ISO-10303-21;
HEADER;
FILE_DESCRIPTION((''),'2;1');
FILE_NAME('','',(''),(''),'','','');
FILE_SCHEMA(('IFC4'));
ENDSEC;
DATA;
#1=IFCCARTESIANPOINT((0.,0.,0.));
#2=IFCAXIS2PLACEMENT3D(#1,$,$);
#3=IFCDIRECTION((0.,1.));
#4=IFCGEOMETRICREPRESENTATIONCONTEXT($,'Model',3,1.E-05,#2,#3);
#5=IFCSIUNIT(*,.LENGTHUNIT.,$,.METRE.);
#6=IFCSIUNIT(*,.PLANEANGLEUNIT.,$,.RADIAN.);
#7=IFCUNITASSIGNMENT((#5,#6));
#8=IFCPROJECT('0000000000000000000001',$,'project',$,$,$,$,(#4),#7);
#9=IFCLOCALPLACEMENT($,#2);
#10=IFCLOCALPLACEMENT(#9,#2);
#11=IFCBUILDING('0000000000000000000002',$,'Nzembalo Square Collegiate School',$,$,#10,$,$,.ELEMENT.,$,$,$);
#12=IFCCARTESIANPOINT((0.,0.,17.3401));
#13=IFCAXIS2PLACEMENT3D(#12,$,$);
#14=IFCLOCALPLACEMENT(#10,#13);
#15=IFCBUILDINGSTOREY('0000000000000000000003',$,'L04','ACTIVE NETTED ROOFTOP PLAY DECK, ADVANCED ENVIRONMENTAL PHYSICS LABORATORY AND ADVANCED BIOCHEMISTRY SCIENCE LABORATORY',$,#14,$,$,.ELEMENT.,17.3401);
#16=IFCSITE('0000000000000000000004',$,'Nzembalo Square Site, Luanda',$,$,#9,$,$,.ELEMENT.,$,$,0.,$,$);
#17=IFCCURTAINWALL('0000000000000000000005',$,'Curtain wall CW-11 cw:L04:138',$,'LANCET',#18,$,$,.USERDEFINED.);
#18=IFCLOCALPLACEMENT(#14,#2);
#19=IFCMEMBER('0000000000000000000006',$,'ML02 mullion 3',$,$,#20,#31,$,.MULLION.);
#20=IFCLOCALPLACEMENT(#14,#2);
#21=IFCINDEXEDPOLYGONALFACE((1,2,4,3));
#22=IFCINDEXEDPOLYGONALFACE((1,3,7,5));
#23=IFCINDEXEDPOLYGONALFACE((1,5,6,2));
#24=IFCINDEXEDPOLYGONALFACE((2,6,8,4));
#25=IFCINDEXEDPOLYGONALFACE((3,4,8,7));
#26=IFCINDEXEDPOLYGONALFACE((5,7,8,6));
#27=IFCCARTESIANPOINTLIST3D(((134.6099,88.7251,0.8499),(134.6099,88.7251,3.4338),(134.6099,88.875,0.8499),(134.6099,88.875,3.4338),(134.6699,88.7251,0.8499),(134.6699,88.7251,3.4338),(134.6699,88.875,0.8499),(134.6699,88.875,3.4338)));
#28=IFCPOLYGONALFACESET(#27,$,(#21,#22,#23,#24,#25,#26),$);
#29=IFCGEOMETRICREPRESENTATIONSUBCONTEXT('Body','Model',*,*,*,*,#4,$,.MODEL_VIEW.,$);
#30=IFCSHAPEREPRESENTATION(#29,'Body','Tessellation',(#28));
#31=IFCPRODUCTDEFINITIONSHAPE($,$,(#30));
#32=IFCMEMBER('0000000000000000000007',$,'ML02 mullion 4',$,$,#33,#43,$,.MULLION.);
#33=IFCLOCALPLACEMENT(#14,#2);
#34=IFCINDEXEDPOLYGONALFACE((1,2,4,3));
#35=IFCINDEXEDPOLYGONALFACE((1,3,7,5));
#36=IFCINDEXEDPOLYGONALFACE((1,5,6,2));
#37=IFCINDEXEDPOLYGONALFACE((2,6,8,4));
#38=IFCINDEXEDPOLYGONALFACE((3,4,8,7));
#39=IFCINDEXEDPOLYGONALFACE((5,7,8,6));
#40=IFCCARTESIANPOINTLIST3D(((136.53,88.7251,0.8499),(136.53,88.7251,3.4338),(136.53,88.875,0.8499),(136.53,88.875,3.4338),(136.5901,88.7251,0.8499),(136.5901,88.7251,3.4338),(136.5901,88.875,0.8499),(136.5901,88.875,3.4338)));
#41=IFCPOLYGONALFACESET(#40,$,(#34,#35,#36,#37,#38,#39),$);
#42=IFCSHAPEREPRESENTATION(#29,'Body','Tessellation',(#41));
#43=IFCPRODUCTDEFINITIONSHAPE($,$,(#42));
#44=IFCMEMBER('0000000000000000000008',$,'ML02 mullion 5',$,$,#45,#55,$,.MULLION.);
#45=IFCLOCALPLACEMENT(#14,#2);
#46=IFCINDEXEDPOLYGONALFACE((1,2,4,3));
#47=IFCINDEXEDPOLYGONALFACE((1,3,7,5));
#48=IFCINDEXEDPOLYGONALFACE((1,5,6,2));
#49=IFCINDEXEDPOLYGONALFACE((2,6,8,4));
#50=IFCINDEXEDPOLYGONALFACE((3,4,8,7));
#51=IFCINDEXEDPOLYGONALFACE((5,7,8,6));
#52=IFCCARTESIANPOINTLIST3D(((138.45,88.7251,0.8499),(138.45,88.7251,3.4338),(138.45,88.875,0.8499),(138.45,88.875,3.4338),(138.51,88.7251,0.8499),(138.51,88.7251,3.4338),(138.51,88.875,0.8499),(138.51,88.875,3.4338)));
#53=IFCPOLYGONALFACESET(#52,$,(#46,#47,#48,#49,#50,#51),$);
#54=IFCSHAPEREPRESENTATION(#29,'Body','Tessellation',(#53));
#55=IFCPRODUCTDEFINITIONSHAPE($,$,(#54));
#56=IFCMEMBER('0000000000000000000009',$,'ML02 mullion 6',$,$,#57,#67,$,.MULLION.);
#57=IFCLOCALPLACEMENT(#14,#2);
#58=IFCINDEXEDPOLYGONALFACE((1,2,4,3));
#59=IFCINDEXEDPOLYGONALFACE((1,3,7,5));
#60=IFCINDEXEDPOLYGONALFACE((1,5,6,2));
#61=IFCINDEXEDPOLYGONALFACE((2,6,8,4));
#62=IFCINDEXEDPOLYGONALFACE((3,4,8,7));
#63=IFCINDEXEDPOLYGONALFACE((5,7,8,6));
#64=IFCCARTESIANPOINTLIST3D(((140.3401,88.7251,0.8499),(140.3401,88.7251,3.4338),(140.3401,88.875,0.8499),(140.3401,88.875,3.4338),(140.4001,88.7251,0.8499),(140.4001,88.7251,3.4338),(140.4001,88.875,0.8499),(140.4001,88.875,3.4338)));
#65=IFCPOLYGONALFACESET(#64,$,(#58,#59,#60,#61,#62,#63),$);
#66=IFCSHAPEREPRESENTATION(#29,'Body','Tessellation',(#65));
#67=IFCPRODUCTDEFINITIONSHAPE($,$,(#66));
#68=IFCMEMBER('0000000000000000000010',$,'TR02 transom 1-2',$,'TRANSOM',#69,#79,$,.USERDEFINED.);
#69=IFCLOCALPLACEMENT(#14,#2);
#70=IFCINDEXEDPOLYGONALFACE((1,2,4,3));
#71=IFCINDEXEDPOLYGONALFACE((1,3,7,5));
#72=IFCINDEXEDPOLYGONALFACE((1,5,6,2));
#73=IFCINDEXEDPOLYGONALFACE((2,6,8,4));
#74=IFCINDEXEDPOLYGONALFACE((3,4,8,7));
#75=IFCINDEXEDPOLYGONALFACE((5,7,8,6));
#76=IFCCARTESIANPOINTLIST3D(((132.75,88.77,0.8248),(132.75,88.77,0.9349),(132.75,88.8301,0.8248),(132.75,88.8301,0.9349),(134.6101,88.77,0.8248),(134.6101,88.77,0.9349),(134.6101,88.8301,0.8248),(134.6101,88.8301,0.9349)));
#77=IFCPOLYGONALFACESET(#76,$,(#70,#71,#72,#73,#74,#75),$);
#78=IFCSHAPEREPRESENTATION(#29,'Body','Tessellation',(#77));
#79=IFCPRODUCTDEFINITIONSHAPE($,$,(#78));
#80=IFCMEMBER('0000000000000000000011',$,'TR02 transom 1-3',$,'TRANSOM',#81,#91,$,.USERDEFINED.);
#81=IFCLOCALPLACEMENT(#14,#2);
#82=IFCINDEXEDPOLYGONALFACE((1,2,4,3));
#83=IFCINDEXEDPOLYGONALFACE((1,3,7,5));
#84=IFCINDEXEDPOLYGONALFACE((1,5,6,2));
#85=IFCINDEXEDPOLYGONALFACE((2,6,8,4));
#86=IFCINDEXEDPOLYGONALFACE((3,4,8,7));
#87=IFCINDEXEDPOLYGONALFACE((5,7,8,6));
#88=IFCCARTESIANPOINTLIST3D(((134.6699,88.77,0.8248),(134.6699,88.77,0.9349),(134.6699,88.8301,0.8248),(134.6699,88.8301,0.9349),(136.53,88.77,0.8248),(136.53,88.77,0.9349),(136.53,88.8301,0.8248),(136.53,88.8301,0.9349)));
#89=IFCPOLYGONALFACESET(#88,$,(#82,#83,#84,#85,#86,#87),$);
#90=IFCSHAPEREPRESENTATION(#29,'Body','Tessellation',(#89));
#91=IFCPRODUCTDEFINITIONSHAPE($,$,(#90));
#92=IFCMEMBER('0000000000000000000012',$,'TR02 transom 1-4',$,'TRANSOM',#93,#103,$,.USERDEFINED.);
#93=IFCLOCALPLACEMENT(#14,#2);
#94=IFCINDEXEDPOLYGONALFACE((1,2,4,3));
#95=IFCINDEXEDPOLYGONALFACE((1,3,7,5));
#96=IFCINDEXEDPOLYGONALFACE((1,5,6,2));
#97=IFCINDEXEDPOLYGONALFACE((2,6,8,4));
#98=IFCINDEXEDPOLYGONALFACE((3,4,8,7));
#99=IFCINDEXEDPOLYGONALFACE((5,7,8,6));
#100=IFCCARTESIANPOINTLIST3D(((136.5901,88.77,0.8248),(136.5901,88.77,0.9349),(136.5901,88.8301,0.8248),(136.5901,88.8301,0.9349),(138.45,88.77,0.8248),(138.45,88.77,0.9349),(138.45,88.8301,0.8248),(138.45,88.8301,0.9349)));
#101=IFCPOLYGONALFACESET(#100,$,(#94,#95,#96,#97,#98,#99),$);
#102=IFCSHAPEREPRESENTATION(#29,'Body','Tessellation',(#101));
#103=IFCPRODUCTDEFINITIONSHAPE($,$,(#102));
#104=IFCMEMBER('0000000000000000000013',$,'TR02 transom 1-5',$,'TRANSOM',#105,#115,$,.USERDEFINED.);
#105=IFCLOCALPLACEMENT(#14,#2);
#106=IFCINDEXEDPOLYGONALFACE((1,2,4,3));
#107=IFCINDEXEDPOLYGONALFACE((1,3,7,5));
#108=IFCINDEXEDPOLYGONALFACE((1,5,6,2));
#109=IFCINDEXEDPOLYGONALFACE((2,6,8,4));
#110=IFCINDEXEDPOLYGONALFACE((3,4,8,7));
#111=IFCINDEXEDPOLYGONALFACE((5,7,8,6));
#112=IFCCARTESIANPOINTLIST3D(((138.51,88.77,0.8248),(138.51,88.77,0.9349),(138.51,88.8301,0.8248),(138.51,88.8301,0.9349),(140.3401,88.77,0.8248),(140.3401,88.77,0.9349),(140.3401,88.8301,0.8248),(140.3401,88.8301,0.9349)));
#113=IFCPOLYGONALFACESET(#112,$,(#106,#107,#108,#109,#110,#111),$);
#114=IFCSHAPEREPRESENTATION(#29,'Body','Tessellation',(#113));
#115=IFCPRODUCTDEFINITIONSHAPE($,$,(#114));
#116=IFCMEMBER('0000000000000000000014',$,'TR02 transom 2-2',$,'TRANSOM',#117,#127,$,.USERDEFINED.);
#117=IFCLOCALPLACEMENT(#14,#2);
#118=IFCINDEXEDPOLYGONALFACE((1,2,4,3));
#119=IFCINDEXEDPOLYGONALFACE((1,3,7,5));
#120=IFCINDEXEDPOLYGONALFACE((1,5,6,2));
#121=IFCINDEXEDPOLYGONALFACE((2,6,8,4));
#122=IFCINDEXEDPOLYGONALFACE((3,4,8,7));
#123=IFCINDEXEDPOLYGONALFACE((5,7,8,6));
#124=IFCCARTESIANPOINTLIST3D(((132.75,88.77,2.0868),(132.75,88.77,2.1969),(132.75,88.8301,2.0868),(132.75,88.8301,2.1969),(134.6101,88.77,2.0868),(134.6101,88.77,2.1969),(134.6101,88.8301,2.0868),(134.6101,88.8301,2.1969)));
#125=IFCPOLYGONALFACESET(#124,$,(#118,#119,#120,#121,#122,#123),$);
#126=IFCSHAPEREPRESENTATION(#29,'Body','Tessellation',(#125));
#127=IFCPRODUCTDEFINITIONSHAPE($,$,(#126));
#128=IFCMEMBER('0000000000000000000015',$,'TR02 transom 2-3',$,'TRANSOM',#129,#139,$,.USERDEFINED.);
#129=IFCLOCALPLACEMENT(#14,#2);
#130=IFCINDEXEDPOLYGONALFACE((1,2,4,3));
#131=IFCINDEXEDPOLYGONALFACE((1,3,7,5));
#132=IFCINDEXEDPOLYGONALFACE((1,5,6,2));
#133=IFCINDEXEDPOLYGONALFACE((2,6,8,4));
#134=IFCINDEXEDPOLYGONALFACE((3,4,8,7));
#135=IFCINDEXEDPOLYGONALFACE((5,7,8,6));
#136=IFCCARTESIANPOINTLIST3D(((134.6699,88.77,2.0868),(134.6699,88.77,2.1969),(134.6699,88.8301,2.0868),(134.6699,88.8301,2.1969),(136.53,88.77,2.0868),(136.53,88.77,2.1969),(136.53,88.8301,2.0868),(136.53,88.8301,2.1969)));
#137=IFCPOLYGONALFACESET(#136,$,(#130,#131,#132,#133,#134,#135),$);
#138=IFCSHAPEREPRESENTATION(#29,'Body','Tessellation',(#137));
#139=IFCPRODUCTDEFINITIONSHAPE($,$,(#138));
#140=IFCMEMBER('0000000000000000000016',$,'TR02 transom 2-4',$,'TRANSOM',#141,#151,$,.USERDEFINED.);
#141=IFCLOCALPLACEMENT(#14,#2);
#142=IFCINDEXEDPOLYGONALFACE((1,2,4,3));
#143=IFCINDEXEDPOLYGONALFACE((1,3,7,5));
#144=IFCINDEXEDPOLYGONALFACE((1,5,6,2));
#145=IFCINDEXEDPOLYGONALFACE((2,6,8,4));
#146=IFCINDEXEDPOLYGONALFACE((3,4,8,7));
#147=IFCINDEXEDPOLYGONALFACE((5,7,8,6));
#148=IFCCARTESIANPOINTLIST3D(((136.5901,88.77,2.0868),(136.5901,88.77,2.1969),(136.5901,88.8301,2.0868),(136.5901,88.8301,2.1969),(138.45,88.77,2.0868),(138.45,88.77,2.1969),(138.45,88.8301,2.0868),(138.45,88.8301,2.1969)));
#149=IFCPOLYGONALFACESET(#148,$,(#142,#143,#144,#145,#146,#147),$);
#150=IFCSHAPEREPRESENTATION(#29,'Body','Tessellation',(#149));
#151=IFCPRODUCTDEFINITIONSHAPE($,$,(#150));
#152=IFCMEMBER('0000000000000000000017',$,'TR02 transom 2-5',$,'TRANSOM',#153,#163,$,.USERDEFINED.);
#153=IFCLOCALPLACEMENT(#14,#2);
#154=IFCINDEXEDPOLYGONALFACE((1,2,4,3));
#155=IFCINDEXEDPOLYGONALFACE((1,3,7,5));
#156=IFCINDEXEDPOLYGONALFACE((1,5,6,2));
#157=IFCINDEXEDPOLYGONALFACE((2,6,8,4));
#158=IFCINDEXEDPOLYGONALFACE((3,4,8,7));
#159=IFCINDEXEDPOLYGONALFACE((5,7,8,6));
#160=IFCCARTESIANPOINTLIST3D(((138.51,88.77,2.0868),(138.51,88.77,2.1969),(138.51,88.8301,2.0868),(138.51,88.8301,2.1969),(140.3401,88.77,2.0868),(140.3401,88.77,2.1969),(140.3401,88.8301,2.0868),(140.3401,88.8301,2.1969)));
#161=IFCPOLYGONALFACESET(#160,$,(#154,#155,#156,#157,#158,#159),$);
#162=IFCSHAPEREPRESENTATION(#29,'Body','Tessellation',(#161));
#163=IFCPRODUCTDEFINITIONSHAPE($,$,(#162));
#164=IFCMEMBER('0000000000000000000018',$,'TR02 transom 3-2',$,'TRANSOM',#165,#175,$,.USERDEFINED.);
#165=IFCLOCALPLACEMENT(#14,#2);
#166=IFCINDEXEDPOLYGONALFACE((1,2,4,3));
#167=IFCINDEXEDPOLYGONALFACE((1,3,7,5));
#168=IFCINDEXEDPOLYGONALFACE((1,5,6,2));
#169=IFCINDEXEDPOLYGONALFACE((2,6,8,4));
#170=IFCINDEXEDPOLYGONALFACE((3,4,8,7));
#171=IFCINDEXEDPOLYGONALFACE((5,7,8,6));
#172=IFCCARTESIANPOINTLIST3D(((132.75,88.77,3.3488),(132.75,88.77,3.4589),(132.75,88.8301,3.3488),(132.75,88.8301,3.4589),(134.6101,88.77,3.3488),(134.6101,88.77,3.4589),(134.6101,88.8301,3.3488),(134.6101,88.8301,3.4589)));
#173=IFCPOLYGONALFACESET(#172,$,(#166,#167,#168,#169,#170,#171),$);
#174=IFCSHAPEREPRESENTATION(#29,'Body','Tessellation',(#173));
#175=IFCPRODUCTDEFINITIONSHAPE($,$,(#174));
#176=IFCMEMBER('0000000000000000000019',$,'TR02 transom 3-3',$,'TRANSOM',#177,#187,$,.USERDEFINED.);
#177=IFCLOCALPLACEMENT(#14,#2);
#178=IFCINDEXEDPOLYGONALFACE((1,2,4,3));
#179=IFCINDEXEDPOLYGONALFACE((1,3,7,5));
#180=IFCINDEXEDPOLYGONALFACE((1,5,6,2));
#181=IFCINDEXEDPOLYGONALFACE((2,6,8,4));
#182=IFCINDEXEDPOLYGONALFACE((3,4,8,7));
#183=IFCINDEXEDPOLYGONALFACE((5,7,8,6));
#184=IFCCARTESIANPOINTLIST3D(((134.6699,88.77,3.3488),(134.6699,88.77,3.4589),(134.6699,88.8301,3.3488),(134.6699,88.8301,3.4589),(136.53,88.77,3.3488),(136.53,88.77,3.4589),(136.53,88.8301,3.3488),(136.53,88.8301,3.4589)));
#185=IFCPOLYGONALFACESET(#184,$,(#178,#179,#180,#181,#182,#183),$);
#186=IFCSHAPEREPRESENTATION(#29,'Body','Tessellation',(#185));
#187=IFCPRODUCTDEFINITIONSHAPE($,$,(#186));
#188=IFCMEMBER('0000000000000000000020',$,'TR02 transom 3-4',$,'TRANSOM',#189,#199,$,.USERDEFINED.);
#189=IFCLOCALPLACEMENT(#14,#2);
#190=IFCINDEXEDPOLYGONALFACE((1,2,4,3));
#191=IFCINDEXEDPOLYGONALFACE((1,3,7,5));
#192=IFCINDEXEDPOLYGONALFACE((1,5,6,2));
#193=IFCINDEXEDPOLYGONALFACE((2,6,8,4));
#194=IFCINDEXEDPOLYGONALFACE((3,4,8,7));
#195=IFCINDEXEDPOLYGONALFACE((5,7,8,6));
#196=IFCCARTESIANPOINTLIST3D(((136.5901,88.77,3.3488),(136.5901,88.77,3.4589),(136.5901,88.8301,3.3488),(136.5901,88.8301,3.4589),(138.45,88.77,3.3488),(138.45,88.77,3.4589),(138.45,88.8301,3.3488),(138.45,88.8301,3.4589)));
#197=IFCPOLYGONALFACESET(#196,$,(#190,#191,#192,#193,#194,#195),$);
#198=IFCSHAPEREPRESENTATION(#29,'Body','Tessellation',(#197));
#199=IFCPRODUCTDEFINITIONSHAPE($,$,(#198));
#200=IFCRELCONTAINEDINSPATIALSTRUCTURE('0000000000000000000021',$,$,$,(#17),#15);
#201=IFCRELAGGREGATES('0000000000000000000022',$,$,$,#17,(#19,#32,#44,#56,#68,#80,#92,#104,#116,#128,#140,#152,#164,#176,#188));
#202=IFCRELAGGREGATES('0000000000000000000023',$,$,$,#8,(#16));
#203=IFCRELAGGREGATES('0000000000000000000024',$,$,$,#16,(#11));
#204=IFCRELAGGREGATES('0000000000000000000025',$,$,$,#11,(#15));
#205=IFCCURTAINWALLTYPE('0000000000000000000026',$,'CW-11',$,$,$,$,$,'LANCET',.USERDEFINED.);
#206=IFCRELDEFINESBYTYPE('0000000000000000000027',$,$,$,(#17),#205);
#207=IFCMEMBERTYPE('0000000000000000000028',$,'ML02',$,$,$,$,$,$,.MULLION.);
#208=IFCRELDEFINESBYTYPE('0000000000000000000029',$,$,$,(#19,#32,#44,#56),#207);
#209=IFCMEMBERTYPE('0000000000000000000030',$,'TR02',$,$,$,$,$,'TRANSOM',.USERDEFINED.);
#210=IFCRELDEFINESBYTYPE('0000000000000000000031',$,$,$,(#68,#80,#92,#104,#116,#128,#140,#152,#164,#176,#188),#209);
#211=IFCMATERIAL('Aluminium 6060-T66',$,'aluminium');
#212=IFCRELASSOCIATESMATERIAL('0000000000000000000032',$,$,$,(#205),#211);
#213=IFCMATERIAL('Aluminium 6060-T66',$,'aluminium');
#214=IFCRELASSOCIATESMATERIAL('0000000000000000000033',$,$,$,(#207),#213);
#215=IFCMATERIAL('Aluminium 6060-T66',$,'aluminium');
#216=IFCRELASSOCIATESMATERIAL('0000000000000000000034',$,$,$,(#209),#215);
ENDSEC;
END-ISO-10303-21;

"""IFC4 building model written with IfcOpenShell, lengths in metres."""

from ifc_helpers import new_model, si_unit, direction, frame, origin, origin_2d, place, context, subcontext, project, spatial, rectangle, extrude, material, material_profile, profile_set, type_object, element, aggregate, save


model = new_model("IFC4")

# Units and contexts
model_context = context("Model", 3, precision=1e-05, world=origin(), true_north=direction((0.0, 1.0)))
body_context = subcontext(model_context, "Body", "Model", "MODEL_VIEW")
ifc_project = project(units=[si_unit("LENGTHUNIT", "METRE"), si_unit("PLANEANGLEUNIT", "RADIAN")], contexts=[model_context])

# Site, building, storey
site_placement = place(None, origin())
site = spatial("IfcSite", under=ifc_project, at=site_placement, Name="Nzembalo Square Site, Luanda", CompositionType="ELEMENT", RefElevation=0.0)
building_placement = place(site_placement, origin())
building = spatial("IfcBuilding", under=site, at=building_placement, Name="Nzembalo Square Collegiate School", CompositionType="ELEMENT")
storey_placement = place(building_placement, frame((0.0, 0.0, 17.3401)))
storey = spatial("IfcBuildingStorey", under=building, at=storey_placement, Name="L04", Description="ACTIVE NETTED ROOFTOP PLAY DECK, ADVANCED ENVIRONMENTAL PHYSICS LABORATORY AND ADVANCED BIOCHEMISTRY SCIENCE LABORATORY", CompositionType="ELEMENT", Elevation=17.3401)

# Curtain wall, members
ifc_material_1 = material(Name="Aluminium 6060-T66", Category="aluminium")
curtain_wall_type = type_object("IfcCurtainWallType", Name="CW-11", ElementType="LANCET", PredefinedType="USERDEFINED", material=ifc_material_1)
curtain_wall_placement = place(storey_placement, origin())
curtain_wall = element("IfcCurtainWall", 1, at=curtain_wall_placement, inside=storey, type_object=curtain_wall_type, Name="Curtain wall CW-11 cw:L04:138", ObjectType="LANCET", PredefinedType="USERDEFINED")
ifc_material_2 = material(Name="Aluminium 6060-T66", Category="aluminium")
ifc_material_profile_1 = material_profile(ifc_material_2, rectangle(XDim=0.0601, YDim=0.1499, at=origin_2d()), Name="ALU M60x150")
ifc_profile_set_1 = profile_set([ifc_material_profile_1], Name="Aluminium 6060-T66")
member_type_1 = type_object("IfcMemberType", Name="ML02", PredefinedType="MULLION", material=ifc_profile_set_1)
member_1_placement = place(storey_placement, frame((134.6399, 88.8, 0.8499), z_axis=(0.0, 0.0, 1.0), x_axis=(1.0, 0.0, 0.0)))
member_1 = element("IfcMember", 2, at=member_1_placement, type_object=member_type_1, Name="ML02 mullion 3", PredefinedType="MULLION", context=body_context, shape_type="SweptSolid", body=[
    extrude(rectangle(XDim=0.0601, YDim=0.1499, at=origin_2d()), origin(), (0.0, 0.0, 1.0), 2.584),
])
member_2_placement = place(storey_placement, frame((136.5601, 88.8, 0.8499), z_axis=(0.0, 0.0, 1.0), x_axis=(1.0, 0.0, 0.0)))
member_2 = element("IfcMember", 3, at=member_2_placement, type_object=member_type_1, Name="ML02 mullion 4", PredefinedType="MULLION", context=body_context, shape_type="SweptSolid", body=[
    extrude(rectangle(XDim=0.0601, YDim=0.1499, at=origin_2d()), origin(), (0.0, 0.0, 1.0), 2.584),
])
member_3_placement = place(storey_placement, frame((138.48, 88.8, 0.8499), z_axis=(0.0, 0.0, 1.0), x_axis=(1.0, 0.0, 0.0)))
member_3 = element("IfcMember", 4, at=member_3_placement, type_object=member_type_1, Name="ML02 mullion 5", PredefinedType="MULLION", context=body_context, shape_type="SweptSolid", body=[
    extrude(rectangle(XDim=0.0601, YDim=0.1499, at=origin_2d()), origin(), (0.0, 0.0, 1.0), 2.584),
])
member_4_placement = place(storey_placement, frame((140.3701, 88.8, 0.8499), z_axis=(0.0, 0.0, 1.0), x_axis=(1.0, 0.0, 0.0)))
member_4 = element("IfcMember", 5, at=member_4_placement, type_object=member_type_1, Name="ML02 mullion 6", PredefinedType="MULLION", context=body_context, shape_type="SweptSolid", body=[
    extrude(rectangle(XDim=0.0601, YDim=0.1499, at=origin_2d()), origin(), (0.0, 0.0, 1.0), 2.584),
])
ifc_material_3 = material(Name="Aluminium 6060-T66", Category="aluminium")
ifc_material_profile_2 = material_profile(ifc_material_3, rectangle(XDim=0.0601, YDim=0.1101, at=origin_2d()), Name="ALU T60x110")
ifc_profile_set_2 = profile_set([ifc_material_profile_2], Name="Aluminium 6060-T66")
member_type_2 = type_object("IfcMemberType", Name="TR02", ElementType="TRANSOM", PredefinedType="USERDEFINED", material=ifc_profile_set_2)
member_5_placement = place(storey_placement, frame((132.75, 88.8, 0.8799), z_axis=(1.0, 0.0, 0.0), x_axis=(0.0, 1.0, 0.0)))
member_5 = element("IfcMember", 6, at=member_5_placement, type_object=member_type_2, Name="TR02 transom 1-2", ObjectType="TRANSOM", PredefinedType="USERDEFINED", context=body_context, shape_type="SweptSolid", body=[
    extrude(rectangle(XDim=0.0601, YDim=0.1101, at=origin_2d()), origin(), (0.0, 0.0, 1.0), 1.8601),
])
member_6_placement = place(storey_placement, frame((134.6699, 88.8, 0.8799), z_axis=(1.0, 0.0, 0.0), x_axis=(0.0, 1.0, 0.0)))
member_6 = element("IfcMember", 7, at=member_6_placement, type_object=member_type_2, Name="TR02 transom 1-3", ObjectType="TRANSOM", PredefinedType="USERDEFINED", context=body_context, shape_type="SweptSolid", body=[
    extrude(rectangle(XDim=0.0601, YDim=0.1101, at=origin_2d()), origin(), (0.0, 0.0, 1.0), 1.8601),
])
member_7_placement = place(storey_placement, frame((136.5901, 88.8, 0.8799), z_axis=(1.0, 0.0, 0.0), x_axis=(0.0, 1.0, 0.0)))
member_7 = element("IfcMember", 8, at=member_7_placement, type_object=member_type_2, Name="TR02 transom 1-4", ObjectType="TRANSOM", PredefinedType="USERDEFINED", context=body_context, shape_type="SweptSolid", body=[
    extrude(rectangle(XDim=0.0601, YDim=0.1101, at=origin_2d()), origin(), (0.0, 0.0, 1.0), 1.8599),
])
member_8_placement = place(storey_placement, frame((138.51, 88.8, 0.8799), z_axis=(1.0, 0.0, 0.0), x_axis=(0.0, 1.0, 0.0)))
member_8 = element("IfcMember", 9, at=member_8_placement, type_object=member_type_2, Name="TR02 transom 1-5", ObjectType="TRANSOM", PredefinedType="USERDEFINED", context=body_context, shape_type="SweptSolid", body=[
    extrude(rectangle(XDim=0.0601, YDim=0.1101, at=origin_2d()), origin(), (0.0, 0.0, 1.0), 1.8301),
])
member_9_placement = place(storey_placement, frame((132.75, 88.8, 2.1418), z_axis=(1.0, 0.0, 0.0), x_axis=(0.0, 1.0, 0.0)))
member_9 = element("IfcMember", 10, at=member_9_placement, type_object=member_type_2, Name="TR02 transom 2-2", ObjectType="TRANSOM", PredefinedType="USERDEFINED", context=body_context, shape_type="SweptSolid", body=[
    extrude(rectangle(XDim=0.0601, YDim=0.1101, at=origin_2d()), origin(), (0.0, 0.0, 1.0), 1.8601),
])
member_10_placement = place(storey_placement, frame((134.6699, 88.8, 2.1418), z_axis=(1.0, 0.0, 0.0), x_axis=(0.0, 1.0, 0.0)))
member_10 = element("IfcMember", 11, at=member_10_placement, type_object=member_type_2, Name="TR02 transom 2-3", ObjectType="TRANSOM", PredefinedType="USERDEFINED", context=body_context, shape_type="SweptSolid", body=[
    extrude(rectangle(XDim=0.0601, YDim=0.1101, at=origin_2d()), origin(), (0.0, 0.0, 1.0), 1.8601),
])
member_11_placement = place(storey_placement, frame((136.5901, 88.8, 2.1418), z_axis=(1.0, 0.0, 0.0), x_axis=(0.0, 1.0, 0.0)))
member_11 = element("IfcMember", 12, at=member_11_placement, type_object=member_type_2, Name="TR02 transom 2-4", ObjectType="TRANSOM", PredefinedType="USERDEFINED", context=body_context, shape_type="SweptSolid", body=[
    extrude(rectangle(XDim=0.0601, YDim=0.1101, at=origin_2d()), origin(), (0.0, 0.0, 1.0), 1.8599),
])
member_12_placement = place(storey_placement, frame((138.51, 88.8, 2.1418), z_axis=(1.0, 0.0, 0.0), x_axis=(0.0, 1.0, 0.0)))
member_12 = element("IfcMember", 13, at=member_12_placement, type_object=member_type_2, Name="TR02 transom 2-5", ObjectType="TRANSOM", PredefinedType="USERDEFINED", context=body_context, shape_type="SweptSolid", body=[
    extrude(rectangle(XDim=0.0601, YDim=0.1101, at=origin_2d()), origin(), (0.0, 0.0, 1.0), 1.8301),
])
member_13_placement = place(storey_placement, frame((132.75, 88.8, 3.4038), z_axis=(1.0, 0.0, 0.0), x_axis=(0.0, 1.0, 0.0)))
member_13 = element("IfcMember", 14, at=member_13_placement, type_object=member_type_2, Name="TR02 transom 3-2", ObjectType="TRANSOM", PredefinedType="USERDEFINED", context=body_context, shape_type="SweptSolid", body=[
    extrude(rectangle(XDim=0.0601, YDim=0.1101, at=origin_2d()), origin(), (0.0, 0.0, 1.0), 1.8601),
])
member_14_placement = place(storey_placement, frame((134.6699, 88.8, 3.4038), z_axis=(1.0, 0.0, 0.0), x_axis=(0.0, 1.0, 0.0)))
member_14 = element("IfcMember", 15, at=member_14_placement, type_object=member_type_2, Name="TR02 transom 3-3", ObjectType="TRANSOM", PredefinedType="USERDEFINED", context=body_context, shape_type="SweptSolid", body=[
    extrude(rectangle(XDim=0.0601, YDim=0.1101, at=origin_2d()), origin(), (0.0, 0.0, 1.0), 1.8601),
])
member_15_placement = place(storey_placement, frame((136.5901, 88.8, 3.4038), z_axis=(1.0, 0.0, 0.0), x_axis=(0.0, 1.0, 0.0)))
member_15 = element("IfcMember", 16, at=member_15_placement, type_object=member_type_2, Name="TR02 transom 3-4", ObjectType="TRANSOM", PredefinedType="USERDEFINED", context=body_context, shape_type="SweptSolid", body=[
    extrude(rectangle(XDim=0.0601, YDim=0.1101, at=origin_2d()), origin(), (0.0, 0.0, 1.0), 1.8599),
])
aggregate(curtain_wall, [member_1, member_2, member_3, member_4, member_5, member_6, member_7, member_8, member_9, member_10, member_11, member_12, member_13, member_14, member_15])

save(model, "model.ifc")
